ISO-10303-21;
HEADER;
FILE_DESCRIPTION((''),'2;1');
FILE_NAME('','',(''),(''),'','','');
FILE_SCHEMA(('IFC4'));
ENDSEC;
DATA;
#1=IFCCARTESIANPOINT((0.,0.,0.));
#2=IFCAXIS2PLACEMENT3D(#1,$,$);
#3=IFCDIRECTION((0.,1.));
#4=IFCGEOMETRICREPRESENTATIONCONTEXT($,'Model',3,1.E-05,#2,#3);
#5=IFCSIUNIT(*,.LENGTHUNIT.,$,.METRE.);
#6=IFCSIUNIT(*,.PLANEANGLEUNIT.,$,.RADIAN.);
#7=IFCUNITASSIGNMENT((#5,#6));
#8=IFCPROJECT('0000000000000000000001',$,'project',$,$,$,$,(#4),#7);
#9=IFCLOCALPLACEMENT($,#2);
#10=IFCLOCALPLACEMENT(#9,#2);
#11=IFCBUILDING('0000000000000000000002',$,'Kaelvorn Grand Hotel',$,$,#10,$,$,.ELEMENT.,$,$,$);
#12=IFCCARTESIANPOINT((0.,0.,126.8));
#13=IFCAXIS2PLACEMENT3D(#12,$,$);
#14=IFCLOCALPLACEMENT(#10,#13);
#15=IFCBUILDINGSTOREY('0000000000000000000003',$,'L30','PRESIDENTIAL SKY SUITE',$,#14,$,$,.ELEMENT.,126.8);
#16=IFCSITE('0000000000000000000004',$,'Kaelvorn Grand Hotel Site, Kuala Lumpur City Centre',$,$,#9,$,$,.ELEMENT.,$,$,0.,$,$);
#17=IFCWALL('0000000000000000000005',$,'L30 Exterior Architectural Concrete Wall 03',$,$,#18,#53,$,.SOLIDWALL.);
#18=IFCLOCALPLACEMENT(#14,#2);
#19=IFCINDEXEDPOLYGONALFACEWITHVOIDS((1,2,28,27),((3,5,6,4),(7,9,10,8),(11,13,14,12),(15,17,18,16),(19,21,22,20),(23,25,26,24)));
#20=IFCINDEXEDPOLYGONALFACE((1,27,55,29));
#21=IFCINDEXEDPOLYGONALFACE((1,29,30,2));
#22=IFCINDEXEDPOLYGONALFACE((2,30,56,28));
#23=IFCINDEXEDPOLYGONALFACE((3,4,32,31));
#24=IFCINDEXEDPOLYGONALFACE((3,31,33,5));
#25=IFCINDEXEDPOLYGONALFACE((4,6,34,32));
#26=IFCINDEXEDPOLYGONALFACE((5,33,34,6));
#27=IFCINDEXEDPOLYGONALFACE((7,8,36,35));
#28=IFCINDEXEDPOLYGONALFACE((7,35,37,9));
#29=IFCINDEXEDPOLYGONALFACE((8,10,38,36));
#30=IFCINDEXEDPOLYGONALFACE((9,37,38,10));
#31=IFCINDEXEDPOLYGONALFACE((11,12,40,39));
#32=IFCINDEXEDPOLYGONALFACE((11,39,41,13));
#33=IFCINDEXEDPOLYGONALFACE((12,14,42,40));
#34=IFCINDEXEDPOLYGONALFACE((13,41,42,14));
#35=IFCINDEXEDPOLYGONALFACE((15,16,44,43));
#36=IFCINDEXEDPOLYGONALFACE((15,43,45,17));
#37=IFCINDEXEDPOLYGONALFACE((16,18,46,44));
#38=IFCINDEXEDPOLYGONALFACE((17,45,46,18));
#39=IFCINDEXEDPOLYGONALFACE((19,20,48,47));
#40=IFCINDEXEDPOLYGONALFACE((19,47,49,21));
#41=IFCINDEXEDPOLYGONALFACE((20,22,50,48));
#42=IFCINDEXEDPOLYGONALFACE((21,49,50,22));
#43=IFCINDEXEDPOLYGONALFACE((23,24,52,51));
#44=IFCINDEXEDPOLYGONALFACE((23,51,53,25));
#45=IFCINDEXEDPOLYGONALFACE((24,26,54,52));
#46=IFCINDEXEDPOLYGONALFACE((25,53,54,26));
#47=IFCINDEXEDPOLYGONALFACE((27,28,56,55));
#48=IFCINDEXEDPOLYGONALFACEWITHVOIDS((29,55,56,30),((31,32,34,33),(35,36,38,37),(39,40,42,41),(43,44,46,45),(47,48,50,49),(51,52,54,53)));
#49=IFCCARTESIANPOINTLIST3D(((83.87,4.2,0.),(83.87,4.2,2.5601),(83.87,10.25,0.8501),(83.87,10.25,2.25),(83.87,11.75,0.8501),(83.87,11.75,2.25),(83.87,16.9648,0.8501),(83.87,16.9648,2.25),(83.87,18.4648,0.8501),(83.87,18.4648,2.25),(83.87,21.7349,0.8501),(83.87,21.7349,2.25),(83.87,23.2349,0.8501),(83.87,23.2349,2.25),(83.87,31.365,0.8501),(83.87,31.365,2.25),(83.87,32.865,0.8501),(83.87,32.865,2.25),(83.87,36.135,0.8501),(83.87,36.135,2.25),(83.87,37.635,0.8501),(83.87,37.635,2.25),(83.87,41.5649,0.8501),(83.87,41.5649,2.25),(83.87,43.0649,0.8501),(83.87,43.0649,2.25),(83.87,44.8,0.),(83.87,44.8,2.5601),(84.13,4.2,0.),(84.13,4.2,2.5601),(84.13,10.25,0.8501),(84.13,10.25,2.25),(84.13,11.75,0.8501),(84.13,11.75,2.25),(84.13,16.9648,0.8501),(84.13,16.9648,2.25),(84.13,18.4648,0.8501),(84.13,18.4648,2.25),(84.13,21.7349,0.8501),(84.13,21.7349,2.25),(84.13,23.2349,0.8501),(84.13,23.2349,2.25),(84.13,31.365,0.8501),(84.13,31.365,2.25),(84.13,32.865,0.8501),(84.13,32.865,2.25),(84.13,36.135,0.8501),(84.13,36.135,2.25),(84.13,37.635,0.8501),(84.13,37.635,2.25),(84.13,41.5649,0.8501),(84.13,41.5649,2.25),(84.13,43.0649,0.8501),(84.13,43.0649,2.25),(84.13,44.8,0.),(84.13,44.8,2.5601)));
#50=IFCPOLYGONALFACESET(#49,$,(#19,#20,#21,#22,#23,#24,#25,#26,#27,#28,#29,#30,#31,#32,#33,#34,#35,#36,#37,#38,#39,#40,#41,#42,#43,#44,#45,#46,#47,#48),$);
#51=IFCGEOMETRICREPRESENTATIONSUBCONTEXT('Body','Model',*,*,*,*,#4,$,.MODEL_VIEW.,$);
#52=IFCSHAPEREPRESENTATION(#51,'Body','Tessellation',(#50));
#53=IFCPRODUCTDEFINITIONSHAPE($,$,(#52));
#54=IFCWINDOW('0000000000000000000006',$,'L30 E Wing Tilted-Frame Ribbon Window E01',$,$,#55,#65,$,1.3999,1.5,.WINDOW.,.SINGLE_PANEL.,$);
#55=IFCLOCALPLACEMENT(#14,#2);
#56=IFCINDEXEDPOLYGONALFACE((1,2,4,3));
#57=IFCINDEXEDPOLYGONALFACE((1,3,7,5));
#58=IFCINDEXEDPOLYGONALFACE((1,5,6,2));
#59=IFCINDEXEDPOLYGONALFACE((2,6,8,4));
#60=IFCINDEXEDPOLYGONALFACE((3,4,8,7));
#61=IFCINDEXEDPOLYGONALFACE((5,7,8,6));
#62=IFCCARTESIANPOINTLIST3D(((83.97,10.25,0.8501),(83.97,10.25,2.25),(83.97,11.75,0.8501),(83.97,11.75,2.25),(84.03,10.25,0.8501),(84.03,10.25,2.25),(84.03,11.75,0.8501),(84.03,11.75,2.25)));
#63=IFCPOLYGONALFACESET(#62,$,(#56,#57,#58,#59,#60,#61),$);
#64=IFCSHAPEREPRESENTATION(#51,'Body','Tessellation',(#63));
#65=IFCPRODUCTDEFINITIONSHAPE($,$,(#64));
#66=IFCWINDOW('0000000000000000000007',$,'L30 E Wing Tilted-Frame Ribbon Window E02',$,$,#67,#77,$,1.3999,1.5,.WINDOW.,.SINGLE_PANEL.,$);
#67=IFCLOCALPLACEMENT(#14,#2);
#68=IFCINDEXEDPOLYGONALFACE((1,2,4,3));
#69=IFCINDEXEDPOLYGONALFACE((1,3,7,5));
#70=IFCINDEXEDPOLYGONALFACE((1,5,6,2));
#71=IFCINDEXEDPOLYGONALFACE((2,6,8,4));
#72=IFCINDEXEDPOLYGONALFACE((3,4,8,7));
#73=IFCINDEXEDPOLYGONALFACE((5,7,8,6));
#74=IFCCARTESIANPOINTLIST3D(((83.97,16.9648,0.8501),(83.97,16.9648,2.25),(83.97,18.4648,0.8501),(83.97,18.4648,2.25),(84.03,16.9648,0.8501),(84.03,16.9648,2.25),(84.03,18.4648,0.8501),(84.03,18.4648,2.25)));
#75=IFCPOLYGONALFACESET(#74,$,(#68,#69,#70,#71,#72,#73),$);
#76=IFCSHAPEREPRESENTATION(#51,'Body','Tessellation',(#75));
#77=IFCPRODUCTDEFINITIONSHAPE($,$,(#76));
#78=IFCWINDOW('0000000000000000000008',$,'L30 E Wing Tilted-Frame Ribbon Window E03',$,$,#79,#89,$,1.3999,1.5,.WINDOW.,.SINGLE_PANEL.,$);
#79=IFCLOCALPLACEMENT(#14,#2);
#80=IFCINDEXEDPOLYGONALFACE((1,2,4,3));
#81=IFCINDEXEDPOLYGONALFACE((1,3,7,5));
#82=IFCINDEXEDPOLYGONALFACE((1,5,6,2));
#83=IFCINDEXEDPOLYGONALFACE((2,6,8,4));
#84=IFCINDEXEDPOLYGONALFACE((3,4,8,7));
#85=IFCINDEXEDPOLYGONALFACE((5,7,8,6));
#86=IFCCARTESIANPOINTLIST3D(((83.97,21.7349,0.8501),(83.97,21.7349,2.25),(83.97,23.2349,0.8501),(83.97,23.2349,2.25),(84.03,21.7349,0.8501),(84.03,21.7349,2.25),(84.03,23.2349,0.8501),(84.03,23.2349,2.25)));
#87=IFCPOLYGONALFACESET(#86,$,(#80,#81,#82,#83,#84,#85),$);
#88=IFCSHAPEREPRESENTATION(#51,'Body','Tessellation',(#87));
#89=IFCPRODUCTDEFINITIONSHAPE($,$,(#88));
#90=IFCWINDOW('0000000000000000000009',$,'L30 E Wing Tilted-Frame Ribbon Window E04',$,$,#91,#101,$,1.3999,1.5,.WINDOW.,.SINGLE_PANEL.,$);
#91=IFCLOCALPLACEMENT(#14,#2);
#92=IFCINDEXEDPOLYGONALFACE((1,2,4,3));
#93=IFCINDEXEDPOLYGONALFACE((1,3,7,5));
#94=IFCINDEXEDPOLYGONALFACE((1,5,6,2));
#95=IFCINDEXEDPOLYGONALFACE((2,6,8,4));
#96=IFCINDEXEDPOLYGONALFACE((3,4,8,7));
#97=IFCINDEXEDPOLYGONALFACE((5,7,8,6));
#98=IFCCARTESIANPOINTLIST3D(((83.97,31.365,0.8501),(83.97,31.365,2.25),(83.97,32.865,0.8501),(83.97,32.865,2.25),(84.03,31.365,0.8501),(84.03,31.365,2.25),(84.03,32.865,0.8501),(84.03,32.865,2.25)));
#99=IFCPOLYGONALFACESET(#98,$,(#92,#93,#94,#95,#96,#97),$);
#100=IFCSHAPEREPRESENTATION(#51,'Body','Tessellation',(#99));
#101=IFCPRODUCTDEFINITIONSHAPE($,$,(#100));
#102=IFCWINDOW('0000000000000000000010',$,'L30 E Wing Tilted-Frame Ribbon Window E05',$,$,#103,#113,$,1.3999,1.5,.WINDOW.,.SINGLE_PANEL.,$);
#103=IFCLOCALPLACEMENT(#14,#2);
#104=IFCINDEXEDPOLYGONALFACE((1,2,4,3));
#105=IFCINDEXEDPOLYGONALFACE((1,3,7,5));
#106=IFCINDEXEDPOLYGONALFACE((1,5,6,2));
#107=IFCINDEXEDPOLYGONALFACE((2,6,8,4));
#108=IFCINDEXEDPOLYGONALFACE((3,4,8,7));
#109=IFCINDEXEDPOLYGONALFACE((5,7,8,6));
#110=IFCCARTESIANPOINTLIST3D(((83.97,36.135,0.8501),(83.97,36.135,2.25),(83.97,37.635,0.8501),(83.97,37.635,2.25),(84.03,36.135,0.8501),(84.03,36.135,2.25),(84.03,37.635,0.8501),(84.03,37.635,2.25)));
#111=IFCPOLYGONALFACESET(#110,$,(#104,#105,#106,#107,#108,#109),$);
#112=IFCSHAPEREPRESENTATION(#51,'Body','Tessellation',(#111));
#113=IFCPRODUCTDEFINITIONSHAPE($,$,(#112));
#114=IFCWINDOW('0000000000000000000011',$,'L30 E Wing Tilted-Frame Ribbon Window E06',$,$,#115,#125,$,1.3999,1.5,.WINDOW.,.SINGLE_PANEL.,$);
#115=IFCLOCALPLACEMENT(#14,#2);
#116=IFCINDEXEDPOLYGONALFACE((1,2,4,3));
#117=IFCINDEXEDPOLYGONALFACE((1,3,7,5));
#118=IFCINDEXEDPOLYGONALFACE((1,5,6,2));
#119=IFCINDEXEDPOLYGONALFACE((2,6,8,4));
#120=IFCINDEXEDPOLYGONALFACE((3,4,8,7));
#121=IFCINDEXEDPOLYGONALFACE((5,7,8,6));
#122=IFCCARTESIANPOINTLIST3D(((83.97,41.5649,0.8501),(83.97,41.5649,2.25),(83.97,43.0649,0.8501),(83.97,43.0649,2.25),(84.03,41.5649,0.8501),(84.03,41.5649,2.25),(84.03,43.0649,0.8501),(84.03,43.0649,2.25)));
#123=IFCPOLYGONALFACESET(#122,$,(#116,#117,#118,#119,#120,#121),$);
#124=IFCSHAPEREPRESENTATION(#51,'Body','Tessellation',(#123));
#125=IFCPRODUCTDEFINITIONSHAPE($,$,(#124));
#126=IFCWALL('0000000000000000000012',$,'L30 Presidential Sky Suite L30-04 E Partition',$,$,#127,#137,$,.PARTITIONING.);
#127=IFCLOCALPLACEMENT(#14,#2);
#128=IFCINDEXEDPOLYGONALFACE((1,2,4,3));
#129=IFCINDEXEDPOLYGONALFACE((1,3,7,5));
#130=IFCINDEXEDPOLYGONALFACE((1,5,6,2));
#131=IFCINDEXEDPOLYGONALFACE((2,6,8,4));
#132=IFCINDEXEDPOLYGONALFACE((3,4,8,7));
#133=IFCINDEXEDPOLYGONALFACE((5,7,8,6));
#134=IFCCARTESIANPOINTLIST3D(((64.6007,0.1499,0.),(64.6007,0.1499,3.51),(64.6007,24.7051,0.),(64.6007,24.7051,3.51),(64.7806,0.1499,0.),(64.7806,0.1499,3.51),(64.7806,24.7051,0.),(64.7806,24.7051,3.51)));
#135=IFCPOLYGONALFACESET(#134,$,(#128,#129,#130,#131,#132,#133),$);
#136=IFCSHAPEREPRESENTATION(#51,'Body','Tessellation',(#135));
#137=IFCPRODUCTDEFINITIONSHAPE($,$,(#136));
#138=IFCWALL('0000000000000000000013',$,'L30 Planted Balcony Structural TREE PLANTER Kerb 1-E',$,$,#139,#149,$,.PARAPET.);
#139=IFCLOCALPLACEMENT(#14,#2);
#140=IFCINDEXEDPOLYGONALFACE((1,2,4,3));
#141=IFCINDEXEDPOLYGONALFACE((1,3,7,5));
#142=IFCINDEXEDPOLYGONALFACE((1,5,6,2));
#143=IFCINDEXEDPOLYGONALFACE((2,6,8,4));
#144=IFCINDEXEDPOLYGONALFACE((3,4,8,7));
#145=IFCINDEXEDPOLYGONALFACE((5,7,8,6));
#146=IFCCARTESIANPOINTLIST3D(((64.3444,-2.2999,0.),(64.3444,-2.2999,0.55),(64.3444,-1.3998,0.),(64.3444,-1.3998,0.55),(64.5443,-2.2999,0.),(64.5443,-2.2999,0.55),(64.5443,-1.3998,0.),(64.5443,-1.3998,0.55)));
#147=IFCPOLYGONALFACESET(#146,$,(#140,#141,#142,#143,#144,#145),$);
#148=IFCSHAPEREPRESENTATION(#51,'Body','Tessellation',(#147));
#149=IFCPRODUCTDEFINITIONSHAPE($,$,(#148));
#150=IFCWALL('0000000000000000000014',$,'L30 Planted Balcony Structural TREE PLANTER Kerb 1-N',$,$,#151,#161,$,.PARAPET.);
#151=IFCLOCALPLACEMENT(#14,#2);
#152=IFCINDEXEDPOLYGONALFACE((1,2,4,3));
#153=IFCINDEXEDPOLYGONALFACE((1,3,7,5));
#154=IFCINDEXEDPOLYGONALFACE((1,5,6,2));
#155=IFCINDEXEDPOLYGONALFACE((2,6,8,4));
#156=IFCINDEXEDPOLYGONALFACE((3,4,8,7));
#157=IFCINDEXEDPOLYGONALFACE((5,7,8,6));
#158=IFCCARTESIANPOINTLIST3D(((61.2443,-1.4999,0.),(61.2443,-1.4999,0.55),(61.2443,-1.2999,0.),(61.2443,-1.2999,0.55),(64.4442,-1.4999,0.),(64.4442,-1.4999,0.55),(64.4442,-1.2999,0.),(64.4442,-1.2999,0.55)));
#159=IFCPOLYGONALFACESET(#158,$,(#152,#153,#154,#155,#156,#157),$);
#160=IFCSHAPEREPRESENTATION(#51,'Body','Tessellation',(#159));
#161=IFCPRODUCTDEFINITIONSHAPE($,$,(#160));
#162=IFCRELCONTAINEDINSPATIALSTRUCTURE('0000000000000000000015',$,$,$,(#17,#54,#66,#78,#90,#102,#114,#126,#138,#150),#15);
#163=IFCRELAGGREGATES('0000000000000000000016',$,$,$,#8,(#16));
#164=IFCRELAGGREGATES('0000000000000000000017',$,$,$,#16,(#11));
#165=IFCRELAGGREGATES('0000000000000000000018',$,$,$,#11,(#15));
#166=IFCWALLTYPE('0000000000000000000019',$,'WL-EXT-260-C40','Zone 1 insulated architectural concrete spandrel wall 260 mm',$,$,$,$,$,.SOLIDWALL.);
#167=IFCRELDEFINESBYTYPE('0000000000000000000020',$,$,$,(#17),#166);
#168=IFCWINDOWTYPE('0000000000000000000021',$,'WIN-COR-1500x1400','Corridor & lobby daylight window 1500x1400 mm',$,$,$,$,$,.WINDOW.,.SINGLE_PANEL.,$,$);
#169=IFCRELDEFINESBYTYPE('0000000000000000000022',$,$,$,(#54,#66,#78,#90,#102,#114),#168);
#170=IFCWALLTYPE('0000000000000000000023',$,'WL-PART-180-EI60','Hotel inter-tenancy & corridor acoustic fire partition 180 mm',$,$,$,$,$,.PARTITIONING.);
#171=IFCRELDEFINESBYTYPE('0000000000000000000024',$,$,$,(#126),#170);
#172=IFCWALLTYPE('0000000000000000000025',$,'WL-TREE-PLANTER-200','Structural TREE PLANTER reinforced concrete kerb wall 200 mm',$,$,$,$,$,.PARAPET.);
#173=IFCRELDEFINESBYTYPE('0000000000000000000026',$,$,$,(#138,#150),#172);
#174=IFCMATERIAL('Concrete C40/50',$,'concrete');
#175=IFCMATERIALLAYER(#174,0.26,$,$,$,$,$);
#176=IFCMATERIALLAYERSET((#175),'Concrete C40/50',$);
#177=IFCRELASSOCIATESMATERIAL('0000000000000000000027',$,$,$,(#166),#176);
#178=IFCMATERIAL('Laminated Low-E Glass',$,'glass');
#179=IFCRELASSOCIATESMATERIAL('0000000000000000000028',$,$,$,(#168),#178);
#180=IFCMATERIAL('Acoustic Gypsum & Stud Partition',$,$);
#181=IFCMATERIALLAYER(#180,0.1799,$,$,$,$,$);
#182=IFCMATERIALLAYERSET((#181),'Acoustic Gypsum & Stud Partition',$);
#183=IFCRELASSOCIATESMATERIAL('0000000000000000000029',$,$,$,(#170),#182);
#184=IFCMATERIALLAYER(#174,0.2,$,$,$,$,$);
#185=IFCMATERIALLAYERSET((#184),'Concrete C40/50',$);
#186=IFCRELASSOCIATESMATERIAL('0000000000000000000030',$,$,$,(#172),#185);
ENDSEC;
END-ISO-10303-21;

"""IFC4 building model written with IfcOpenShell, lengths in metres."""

from ifc_helpers import new_model, si_unit, direction, frame, frame_2d, origin, place, context, subcontext, project, spatial, rectangle, extrude, material, layer, layer_set, type_object, element, fill, save


model = new_model("IFC4")

# Units and contexts
model_context = context("Model", 3, precision=1e-05, world=origin(), true_north=direction((0.0, 1.0)))
body_context = subcontext(model_context, "Body", "Model", "MODEL_VIEW")
ifc_project = project(units=[si_unit("LENGTHUNIT", "METRE"), si_unit("PLANEANGLEUNIT", "RADIAN")], contexts=[model_context])

# Site, building, storey
site_placement = place(None, origin())
site = spatial("IfcSite", under=ifc_project, at=site_placement, Name="Kaelvorn Grand Hotel Site, Kuala Lumpur City Centre", CompositionType="ELEMENT", RefElevation=0.0)
building_placement = place(site_placement, origin())
building = spatial("IfcBuilding", under=site, at=building_placement, Name="Kaelvorn Grand Hotel", CompositionType="ELEMENT")
storey_placement = place(building_placement, frame((0.0, 0.0, 126.8)))
storey = spatial("IfcBuildingStorey", under=building, at=storey_placement, Name="L30", Description="PRESIDENTIAL SKY SUITE", CompositionType="ELEMENT", Elevation=126.8)

# Shared definitions
ifc_material_1 = material(Name="Concrete C40/50", Category="concrete")
ifc_layer_1 = layer(ifc_material_1, 0.26)
ifc_layer_set_1 = layer_set([ifc_layer_1], Name="Concrete C40/50")
wall_type_1 = type_object("IfcWallType", Name="WL-EXT-260-C40", Description="Zone 1 insulated architectural concrete spandrel wall 260 mm", PredefinedType="SOLIDWALL", material=ifc_layer_set_1)

# Wall, openings, windows
wall_1_placement = place(storey_placement, frame((84.0, 4.2, 0.0), z_axis=(0.0, 0.0, 1.0), x_axis=(0.0, 1.0, 0.0)))
wall_1 = element("IfcWall", 1, at=wall_1_placement, inside=storey, type_object=wall_type_1, Name="L30 Exterior Architectural Concrete Wall 03", PredefinedType="SOLIDWALL", context=body_context, shape_type="SweptSolid", body=[
    extrude(rectangle(XDim=40.6001, YDim=0.26, at=frame_2d((20.3, 0.0))), origin(), (0.0, 0.0, 1.0), 2.5601),
])
opening_1_placement = place(wall_1_placement, frame((6.05, 0.0, 0.8501)))
opening_1 = element("IfcOpeningElement", 2, at=opening_1_placement, cuts=wall_1, PredefinedType="OPENING", context=body_context, shape_type="SweptSolid", body=[
    extrude(rectangle(XDim=1.5, YDim=1.3999, at=frame_2d((0.75, 0.7))), frame((0.0, 0.1401, 0.0), z_axis=(0.0, -1.0, 0.0), x_axis=(1.0, 0.0, 0.0)), (0.0, 0.0, 1.0), 0.28),
])
opening_2_placement = place(wall_1_placement, frame((12.7649, 0.0, 0.8501)))
opening_2 = element("IfcOpeningElement", 3, at=opening_2_placement, cuts=wall_1, PredefinedType="OPENING", context=body_context, shape_type="SweptSolid", body=[
    extrude(rectangle(XDim=1.5, YDim=1.3999, at=frame_2d((0.75, 0.7))), frame((0.0, 0.1401, 0.0), z_axis=(0.0, -1.0, 0.0), x_axis=(1.0, 0.0, 0.0)), (0.0, 0.0, 1.0), 0.28),
])
opening_3_placement = place(wall_1_placement, frame((17.5349, 0.0, 0.8501)))
opening_3 = element("IfcOpeningElement", 4, at=opening_3_placement, cuts=wall_1, PredefinedType="OPENING", context=body_context, shape_type="SweptSolid", body=[
    extrude(rectangle(XDim=1.5, YDim=1.3999, at=frame_2d((0.75, 0.7))), frame((0.0, 0.1401, 0.0), z_axis=(0.0, -1.0, 0.0), x_axis=(1.0, 0.0, 0.0)), (0.0, 0.0, 1.0), 0.28),
])
opening_4_placement = place(wall_1_placement, frame((27.165, 0.0, 0.8501)))
opening_4 = element("IfcOpeningElement", 5, at=opening_4_placement, cuts=wall_1, PredefinedType="OPENING", context=body_context, shape_type="SweptSolid", body=[
    extrude(rectangle(XDim=1.5, YDim=1.3999, at=frame_2d((0.75, 0.7))), frame((0.0, 0.1401, 0.0), z_axis=(0.0, -1.0, 0.0), x_axis=(1.0, 0.0, 0.0)), (0.0, 0.0, 1.0), 0.28),
])
opening_5_placement = place(wall_1_placement, frame((31.9351, 0.0, 0.8501)))
opening_5 = element("IfcOpeningElement", 6, at=opening_5_placement, cuts=wall_1, PredefinedType="OPENING", context=body_context, shape_type="SweptSolid", body=[
    extrude(rectangle(XDim=1.5, YDim=1.3999, at=frame_2d((0.75, 0.7))), frame((0.0, 0.1401, 0.0), z_axis=(0.0, -1.0, 0.0), x_axis=(1.0, 0.0, 0.0)), (0.0, 0.0, 1.0), 0.28),
])
opening_6_placement = place(wall_1_placement, frame((37.365, 0.0, 0.8501)))
opening_6 = element("IfcOpeningElement", 7, at=opening_6_placement, cuts=wall_1, PredefinedType="OPENING", context=body_context, shape_type="SweptSolid", body=[
    extrude(rectangle(XDim=1.5, YDim=1.3999, at=frame_2d((0.75, 0.7))), frame((0.0, 0.1401, 0.0), z_axis=(0.0, -1.0, 0.0), x_axis=(1.0, 0.0, 0.0)), (0.0, 0.0, 1.0), 0.28),
])
ifc_material_2 = material(Name="Laminated Low-E Glass", Category="glass")
window_type = type_object("IfcWindowType", Name="WIN-COR-1500x1400", Description="Corridor & lobby daylight window 1500x1400 mm", PartitioningType="SINGLE_PANEL", PredefinedType="WINDOW", material=ifc_material_2)
window_1_placement = place(opening_1_placement, origin())
window_1 = element("IfcWindow", 8, at=window_1_placement, inside=storey, type_object=window_type, Name="L30 E Wing Tilted-Frame Ribbon Window E01", OverallHeight=1.3999, OverallWidth=1.5, PartitioningType="SINGLE_PANEL", PredefinedType="WINDOW", context=body_context, shape_type="SweptSolid", body=[
    extrude(rectangle(XDim=1.5, YDim=1.3999, at=frame_2d((0.75, 0.7))), frame((0.0, 0.03, 0.0), z_axis=(0.0, -1.0, 0.0), x_axis=(1.0, 0.0, 0.0)), (0.0, 0.0, 1.0), 0.0601),
])
fill(opening_1, window_1)
window_2_placement = place(opening_2_placement, origin())
window_2 = element("IfcWindow", 9, at=window_2_placement, inside=storey, type_object=window_type, Name="L30 E Wing Tilted-Frame Ribbon Window E02", OverallHeight=1.3999, OverallWidth=1.5, PartitioningType="SINGLE_PANEL", PredefinedType="WINDOW", context=body_context, shape_type="SweptSolid", body=[
    extrude(rectangle(XDim=1.5, YDim=1.3999, at=frame_2d((0.75, 0.7))), frame((0.0, 0.03, 0.0), z_axis=(0.0, -1.0, 0.0), x_axis=(1.0, 0.0, 0.0)), (0.0, 0.0, 1.0), 0.0601),
])
fill(opening_2, window_2)
window_3_placement = place(opening_3_placement, origin())
window_3 = element("IfcWindow", 10, at=window_3_placement, inside=storey, type_object=window_type, Name="L30 E Wing Tilted-Frame Ribbon Window E03", OverallHeight=1.3999, OverallWidth=1.5, PartitioningType="SINGLE_PANEL", PredefinedType="WINDOW", context=body_context, shape_type="SweptSolid", body=[
    extrude(rectangle(XDim=1.5, YDim=1.3999, at=frame_2d((0.75, 0.7))), frame((0.0, 0.03, 0.0), z_axis=(0.0, -1.0, 0.0), x_axis=(1.0, 0.0, 0.0)), (0.0, 0.0, 1.0), 0.0601),
])
fill(opening_3, window_3)
window_4_placement = place(opening_4_placement, origin())
window_4 = element("IfcWindow", 11, at=window_4_placement, inside=storey, type_object=window_type, Name="L30 E Wing Tilted-Frame Ribbon Window E04", OverallHeight=1.3999, OverallWidth=1.5, PartitioningType="SINGLE_PANEL", PredefinedType="WINDOW", context=body_context, shape_type="SweptSolid", body=[
    extrude(rectangle(XDim=1.5, YDim=1.3999, at=frame_2d((0.75, 0.7))), frame((0.0, 0.03, 0.0), z_axis=(0.0, -1.0, 0.0), x_axis=(1.0, 0.0, 0.0)), (0.0, 0.0, 1.0), 0.0601),
])
fill(opening_4, window_4)
window_5_placement = place(opening_5_placement, origin())
window_5 = element("IfcWindow", 12, at=window_5_placement, inside=storey, type_object=window_type, Name="L30 E Wing Tilted-Frame Ribbon Window E05", OverallHeight=1.3999, OverallWidth=1.5, PartitioningType="SINGLE_PANEL", PredefinedType="WINDOW", context=body_context, shape_type="SweptSolid", body=[
    extrude(rectangle(XDim=1.5, YDim=1.3999, at=frame_2d((0.75, 0.7))), frame((0.0, 0.03, 0.0), z_axis=(0.0, -1.0, 0.0), x_axis=(1.0, 0.0, 0.0)), (0.0, 0.0, 1.0), 0.0601),
])
fill(opening_5, window_5)
window_6_placement = place(opening_6_placement, origin())
window_6 = element("IfcWindow", 13, at=window_6_placement, inside=storey, type_object=window_type, Name="L30 E Wing Tilted-Frame Ribbon Window E06", OverallHeight=1.3999, OverallWidth=1.5, PartitioningType="SINGLE_PANEL", PredefinedType="WINDOW", context=body_context, shape_type="SweptSolid", body=[
    extrude(rectangle(XDim=1.5, YDim=1.3999, at=frame_2d((0.75, 0.7))), frame((0.0, 0.03, 0.0), z_axis=(0.0, -1.0, 0.0), x_axis=(1.0, 0.0, 0.0)), (0.0, 0.0, 1.0), 0.0601),
])
fill(opening_6, window_6)

# Walls
ifc_material_3 = material(Name="Acoustic Gypsum & Stud Partition")
ifc_layer_2 = layer(ifc_material_3, 0.1799)
ifc_layer_set_2 = layer_set([ifc_layer_2], Name="Acoustic Gypsum & Stud Partition")
wall_type_2 = type_object("IfcWallType", Name="WL-PART-180-EI60", Description="Hotel inter-tenancy & corridor acoustic fire partition 180 mm", PredefinedType="PARTITIONING", material=ifc_layer_set_2)
wall_2_placement = place(storey_placement, frame((64.6907, 0.1499, 0.0), z_axis=(0.0, 0.0, 1.0), x_axis=(0.0, 1.0, 0.0)))
element("IfcWall", 14, at=wall_2_placement, inside=storey, type_object=wall_type_2, Name="L30 Presidential Sky Suite L30-04 E Partition", PredefinedType="PARTITIONING", context=body_context, shape_type="SweptSolid", body=[
    extrude(rectangle(XDim=24.5552, YDim=0.1799, at=frame_2d((12.2776, 0.0))), origin(), (0.0, 0.0, 1.0), 3.51),
])
ifc_layer_3 = layer(ifc_material_1, 0.2)
ifc_layer_set_3 = layer_set([ifc_layer_3], Name="Concrete C40/50")
wall_type_3 = type_object("IfcWallType", Name="WL-TREE-PLANTER-200", Description="Structural TREE PLANTER reinforced concrete kerb wall 200 mm", PredefinedType="PARAPET", material=ifc_layer_set_3)
wall_3_placement = place(storey_placement, frame((64.4443, -2.3, 0.0), z_axis=(0.0, 0.0, 1.0), x_axis=(0.0, 1.0, 0.0)))
element("IfcWall", 15, at=wall_3_placement, inside=storey, type_object=wall_type_3, Name="L30 Planted Balcony Structural TREE PLANTER Kerb 1-E", PredefinedType="PARAPET", context=body_context, shape_type="SweptSolid", body=[
    extrude(rectangle(XDim=0.9001, YDim=0.2, at=frame_2d((0.4502, 0.0))), origin(), (0.0, 0.0, 1.0), 0.55),
])
wall_4_placement = place(storey_placement, frame((64.4443, -1.3999, 0.0), z_axis=(0.0, 0.0, 1.0), x_axis=(-1.0, 0.0, 0.0)))
element("IfcWall", 16, at=wall_4_placement, inside=storey, type_object=wall_type_3, Name="L30 Planted Balcony Structural TREE PLANTER Kerb 1-N", PredefinedType="PARAPET", context=body_context, shape_type="SweptSolid", body=[
    extrude(rectangle(XDim=3.2, YDim=0.2, at=frame_2d((1.6001, 0.0))), origin(), (0.0, 0.0, 1.0), 0.55),
])

save(model, "model.ifc")
